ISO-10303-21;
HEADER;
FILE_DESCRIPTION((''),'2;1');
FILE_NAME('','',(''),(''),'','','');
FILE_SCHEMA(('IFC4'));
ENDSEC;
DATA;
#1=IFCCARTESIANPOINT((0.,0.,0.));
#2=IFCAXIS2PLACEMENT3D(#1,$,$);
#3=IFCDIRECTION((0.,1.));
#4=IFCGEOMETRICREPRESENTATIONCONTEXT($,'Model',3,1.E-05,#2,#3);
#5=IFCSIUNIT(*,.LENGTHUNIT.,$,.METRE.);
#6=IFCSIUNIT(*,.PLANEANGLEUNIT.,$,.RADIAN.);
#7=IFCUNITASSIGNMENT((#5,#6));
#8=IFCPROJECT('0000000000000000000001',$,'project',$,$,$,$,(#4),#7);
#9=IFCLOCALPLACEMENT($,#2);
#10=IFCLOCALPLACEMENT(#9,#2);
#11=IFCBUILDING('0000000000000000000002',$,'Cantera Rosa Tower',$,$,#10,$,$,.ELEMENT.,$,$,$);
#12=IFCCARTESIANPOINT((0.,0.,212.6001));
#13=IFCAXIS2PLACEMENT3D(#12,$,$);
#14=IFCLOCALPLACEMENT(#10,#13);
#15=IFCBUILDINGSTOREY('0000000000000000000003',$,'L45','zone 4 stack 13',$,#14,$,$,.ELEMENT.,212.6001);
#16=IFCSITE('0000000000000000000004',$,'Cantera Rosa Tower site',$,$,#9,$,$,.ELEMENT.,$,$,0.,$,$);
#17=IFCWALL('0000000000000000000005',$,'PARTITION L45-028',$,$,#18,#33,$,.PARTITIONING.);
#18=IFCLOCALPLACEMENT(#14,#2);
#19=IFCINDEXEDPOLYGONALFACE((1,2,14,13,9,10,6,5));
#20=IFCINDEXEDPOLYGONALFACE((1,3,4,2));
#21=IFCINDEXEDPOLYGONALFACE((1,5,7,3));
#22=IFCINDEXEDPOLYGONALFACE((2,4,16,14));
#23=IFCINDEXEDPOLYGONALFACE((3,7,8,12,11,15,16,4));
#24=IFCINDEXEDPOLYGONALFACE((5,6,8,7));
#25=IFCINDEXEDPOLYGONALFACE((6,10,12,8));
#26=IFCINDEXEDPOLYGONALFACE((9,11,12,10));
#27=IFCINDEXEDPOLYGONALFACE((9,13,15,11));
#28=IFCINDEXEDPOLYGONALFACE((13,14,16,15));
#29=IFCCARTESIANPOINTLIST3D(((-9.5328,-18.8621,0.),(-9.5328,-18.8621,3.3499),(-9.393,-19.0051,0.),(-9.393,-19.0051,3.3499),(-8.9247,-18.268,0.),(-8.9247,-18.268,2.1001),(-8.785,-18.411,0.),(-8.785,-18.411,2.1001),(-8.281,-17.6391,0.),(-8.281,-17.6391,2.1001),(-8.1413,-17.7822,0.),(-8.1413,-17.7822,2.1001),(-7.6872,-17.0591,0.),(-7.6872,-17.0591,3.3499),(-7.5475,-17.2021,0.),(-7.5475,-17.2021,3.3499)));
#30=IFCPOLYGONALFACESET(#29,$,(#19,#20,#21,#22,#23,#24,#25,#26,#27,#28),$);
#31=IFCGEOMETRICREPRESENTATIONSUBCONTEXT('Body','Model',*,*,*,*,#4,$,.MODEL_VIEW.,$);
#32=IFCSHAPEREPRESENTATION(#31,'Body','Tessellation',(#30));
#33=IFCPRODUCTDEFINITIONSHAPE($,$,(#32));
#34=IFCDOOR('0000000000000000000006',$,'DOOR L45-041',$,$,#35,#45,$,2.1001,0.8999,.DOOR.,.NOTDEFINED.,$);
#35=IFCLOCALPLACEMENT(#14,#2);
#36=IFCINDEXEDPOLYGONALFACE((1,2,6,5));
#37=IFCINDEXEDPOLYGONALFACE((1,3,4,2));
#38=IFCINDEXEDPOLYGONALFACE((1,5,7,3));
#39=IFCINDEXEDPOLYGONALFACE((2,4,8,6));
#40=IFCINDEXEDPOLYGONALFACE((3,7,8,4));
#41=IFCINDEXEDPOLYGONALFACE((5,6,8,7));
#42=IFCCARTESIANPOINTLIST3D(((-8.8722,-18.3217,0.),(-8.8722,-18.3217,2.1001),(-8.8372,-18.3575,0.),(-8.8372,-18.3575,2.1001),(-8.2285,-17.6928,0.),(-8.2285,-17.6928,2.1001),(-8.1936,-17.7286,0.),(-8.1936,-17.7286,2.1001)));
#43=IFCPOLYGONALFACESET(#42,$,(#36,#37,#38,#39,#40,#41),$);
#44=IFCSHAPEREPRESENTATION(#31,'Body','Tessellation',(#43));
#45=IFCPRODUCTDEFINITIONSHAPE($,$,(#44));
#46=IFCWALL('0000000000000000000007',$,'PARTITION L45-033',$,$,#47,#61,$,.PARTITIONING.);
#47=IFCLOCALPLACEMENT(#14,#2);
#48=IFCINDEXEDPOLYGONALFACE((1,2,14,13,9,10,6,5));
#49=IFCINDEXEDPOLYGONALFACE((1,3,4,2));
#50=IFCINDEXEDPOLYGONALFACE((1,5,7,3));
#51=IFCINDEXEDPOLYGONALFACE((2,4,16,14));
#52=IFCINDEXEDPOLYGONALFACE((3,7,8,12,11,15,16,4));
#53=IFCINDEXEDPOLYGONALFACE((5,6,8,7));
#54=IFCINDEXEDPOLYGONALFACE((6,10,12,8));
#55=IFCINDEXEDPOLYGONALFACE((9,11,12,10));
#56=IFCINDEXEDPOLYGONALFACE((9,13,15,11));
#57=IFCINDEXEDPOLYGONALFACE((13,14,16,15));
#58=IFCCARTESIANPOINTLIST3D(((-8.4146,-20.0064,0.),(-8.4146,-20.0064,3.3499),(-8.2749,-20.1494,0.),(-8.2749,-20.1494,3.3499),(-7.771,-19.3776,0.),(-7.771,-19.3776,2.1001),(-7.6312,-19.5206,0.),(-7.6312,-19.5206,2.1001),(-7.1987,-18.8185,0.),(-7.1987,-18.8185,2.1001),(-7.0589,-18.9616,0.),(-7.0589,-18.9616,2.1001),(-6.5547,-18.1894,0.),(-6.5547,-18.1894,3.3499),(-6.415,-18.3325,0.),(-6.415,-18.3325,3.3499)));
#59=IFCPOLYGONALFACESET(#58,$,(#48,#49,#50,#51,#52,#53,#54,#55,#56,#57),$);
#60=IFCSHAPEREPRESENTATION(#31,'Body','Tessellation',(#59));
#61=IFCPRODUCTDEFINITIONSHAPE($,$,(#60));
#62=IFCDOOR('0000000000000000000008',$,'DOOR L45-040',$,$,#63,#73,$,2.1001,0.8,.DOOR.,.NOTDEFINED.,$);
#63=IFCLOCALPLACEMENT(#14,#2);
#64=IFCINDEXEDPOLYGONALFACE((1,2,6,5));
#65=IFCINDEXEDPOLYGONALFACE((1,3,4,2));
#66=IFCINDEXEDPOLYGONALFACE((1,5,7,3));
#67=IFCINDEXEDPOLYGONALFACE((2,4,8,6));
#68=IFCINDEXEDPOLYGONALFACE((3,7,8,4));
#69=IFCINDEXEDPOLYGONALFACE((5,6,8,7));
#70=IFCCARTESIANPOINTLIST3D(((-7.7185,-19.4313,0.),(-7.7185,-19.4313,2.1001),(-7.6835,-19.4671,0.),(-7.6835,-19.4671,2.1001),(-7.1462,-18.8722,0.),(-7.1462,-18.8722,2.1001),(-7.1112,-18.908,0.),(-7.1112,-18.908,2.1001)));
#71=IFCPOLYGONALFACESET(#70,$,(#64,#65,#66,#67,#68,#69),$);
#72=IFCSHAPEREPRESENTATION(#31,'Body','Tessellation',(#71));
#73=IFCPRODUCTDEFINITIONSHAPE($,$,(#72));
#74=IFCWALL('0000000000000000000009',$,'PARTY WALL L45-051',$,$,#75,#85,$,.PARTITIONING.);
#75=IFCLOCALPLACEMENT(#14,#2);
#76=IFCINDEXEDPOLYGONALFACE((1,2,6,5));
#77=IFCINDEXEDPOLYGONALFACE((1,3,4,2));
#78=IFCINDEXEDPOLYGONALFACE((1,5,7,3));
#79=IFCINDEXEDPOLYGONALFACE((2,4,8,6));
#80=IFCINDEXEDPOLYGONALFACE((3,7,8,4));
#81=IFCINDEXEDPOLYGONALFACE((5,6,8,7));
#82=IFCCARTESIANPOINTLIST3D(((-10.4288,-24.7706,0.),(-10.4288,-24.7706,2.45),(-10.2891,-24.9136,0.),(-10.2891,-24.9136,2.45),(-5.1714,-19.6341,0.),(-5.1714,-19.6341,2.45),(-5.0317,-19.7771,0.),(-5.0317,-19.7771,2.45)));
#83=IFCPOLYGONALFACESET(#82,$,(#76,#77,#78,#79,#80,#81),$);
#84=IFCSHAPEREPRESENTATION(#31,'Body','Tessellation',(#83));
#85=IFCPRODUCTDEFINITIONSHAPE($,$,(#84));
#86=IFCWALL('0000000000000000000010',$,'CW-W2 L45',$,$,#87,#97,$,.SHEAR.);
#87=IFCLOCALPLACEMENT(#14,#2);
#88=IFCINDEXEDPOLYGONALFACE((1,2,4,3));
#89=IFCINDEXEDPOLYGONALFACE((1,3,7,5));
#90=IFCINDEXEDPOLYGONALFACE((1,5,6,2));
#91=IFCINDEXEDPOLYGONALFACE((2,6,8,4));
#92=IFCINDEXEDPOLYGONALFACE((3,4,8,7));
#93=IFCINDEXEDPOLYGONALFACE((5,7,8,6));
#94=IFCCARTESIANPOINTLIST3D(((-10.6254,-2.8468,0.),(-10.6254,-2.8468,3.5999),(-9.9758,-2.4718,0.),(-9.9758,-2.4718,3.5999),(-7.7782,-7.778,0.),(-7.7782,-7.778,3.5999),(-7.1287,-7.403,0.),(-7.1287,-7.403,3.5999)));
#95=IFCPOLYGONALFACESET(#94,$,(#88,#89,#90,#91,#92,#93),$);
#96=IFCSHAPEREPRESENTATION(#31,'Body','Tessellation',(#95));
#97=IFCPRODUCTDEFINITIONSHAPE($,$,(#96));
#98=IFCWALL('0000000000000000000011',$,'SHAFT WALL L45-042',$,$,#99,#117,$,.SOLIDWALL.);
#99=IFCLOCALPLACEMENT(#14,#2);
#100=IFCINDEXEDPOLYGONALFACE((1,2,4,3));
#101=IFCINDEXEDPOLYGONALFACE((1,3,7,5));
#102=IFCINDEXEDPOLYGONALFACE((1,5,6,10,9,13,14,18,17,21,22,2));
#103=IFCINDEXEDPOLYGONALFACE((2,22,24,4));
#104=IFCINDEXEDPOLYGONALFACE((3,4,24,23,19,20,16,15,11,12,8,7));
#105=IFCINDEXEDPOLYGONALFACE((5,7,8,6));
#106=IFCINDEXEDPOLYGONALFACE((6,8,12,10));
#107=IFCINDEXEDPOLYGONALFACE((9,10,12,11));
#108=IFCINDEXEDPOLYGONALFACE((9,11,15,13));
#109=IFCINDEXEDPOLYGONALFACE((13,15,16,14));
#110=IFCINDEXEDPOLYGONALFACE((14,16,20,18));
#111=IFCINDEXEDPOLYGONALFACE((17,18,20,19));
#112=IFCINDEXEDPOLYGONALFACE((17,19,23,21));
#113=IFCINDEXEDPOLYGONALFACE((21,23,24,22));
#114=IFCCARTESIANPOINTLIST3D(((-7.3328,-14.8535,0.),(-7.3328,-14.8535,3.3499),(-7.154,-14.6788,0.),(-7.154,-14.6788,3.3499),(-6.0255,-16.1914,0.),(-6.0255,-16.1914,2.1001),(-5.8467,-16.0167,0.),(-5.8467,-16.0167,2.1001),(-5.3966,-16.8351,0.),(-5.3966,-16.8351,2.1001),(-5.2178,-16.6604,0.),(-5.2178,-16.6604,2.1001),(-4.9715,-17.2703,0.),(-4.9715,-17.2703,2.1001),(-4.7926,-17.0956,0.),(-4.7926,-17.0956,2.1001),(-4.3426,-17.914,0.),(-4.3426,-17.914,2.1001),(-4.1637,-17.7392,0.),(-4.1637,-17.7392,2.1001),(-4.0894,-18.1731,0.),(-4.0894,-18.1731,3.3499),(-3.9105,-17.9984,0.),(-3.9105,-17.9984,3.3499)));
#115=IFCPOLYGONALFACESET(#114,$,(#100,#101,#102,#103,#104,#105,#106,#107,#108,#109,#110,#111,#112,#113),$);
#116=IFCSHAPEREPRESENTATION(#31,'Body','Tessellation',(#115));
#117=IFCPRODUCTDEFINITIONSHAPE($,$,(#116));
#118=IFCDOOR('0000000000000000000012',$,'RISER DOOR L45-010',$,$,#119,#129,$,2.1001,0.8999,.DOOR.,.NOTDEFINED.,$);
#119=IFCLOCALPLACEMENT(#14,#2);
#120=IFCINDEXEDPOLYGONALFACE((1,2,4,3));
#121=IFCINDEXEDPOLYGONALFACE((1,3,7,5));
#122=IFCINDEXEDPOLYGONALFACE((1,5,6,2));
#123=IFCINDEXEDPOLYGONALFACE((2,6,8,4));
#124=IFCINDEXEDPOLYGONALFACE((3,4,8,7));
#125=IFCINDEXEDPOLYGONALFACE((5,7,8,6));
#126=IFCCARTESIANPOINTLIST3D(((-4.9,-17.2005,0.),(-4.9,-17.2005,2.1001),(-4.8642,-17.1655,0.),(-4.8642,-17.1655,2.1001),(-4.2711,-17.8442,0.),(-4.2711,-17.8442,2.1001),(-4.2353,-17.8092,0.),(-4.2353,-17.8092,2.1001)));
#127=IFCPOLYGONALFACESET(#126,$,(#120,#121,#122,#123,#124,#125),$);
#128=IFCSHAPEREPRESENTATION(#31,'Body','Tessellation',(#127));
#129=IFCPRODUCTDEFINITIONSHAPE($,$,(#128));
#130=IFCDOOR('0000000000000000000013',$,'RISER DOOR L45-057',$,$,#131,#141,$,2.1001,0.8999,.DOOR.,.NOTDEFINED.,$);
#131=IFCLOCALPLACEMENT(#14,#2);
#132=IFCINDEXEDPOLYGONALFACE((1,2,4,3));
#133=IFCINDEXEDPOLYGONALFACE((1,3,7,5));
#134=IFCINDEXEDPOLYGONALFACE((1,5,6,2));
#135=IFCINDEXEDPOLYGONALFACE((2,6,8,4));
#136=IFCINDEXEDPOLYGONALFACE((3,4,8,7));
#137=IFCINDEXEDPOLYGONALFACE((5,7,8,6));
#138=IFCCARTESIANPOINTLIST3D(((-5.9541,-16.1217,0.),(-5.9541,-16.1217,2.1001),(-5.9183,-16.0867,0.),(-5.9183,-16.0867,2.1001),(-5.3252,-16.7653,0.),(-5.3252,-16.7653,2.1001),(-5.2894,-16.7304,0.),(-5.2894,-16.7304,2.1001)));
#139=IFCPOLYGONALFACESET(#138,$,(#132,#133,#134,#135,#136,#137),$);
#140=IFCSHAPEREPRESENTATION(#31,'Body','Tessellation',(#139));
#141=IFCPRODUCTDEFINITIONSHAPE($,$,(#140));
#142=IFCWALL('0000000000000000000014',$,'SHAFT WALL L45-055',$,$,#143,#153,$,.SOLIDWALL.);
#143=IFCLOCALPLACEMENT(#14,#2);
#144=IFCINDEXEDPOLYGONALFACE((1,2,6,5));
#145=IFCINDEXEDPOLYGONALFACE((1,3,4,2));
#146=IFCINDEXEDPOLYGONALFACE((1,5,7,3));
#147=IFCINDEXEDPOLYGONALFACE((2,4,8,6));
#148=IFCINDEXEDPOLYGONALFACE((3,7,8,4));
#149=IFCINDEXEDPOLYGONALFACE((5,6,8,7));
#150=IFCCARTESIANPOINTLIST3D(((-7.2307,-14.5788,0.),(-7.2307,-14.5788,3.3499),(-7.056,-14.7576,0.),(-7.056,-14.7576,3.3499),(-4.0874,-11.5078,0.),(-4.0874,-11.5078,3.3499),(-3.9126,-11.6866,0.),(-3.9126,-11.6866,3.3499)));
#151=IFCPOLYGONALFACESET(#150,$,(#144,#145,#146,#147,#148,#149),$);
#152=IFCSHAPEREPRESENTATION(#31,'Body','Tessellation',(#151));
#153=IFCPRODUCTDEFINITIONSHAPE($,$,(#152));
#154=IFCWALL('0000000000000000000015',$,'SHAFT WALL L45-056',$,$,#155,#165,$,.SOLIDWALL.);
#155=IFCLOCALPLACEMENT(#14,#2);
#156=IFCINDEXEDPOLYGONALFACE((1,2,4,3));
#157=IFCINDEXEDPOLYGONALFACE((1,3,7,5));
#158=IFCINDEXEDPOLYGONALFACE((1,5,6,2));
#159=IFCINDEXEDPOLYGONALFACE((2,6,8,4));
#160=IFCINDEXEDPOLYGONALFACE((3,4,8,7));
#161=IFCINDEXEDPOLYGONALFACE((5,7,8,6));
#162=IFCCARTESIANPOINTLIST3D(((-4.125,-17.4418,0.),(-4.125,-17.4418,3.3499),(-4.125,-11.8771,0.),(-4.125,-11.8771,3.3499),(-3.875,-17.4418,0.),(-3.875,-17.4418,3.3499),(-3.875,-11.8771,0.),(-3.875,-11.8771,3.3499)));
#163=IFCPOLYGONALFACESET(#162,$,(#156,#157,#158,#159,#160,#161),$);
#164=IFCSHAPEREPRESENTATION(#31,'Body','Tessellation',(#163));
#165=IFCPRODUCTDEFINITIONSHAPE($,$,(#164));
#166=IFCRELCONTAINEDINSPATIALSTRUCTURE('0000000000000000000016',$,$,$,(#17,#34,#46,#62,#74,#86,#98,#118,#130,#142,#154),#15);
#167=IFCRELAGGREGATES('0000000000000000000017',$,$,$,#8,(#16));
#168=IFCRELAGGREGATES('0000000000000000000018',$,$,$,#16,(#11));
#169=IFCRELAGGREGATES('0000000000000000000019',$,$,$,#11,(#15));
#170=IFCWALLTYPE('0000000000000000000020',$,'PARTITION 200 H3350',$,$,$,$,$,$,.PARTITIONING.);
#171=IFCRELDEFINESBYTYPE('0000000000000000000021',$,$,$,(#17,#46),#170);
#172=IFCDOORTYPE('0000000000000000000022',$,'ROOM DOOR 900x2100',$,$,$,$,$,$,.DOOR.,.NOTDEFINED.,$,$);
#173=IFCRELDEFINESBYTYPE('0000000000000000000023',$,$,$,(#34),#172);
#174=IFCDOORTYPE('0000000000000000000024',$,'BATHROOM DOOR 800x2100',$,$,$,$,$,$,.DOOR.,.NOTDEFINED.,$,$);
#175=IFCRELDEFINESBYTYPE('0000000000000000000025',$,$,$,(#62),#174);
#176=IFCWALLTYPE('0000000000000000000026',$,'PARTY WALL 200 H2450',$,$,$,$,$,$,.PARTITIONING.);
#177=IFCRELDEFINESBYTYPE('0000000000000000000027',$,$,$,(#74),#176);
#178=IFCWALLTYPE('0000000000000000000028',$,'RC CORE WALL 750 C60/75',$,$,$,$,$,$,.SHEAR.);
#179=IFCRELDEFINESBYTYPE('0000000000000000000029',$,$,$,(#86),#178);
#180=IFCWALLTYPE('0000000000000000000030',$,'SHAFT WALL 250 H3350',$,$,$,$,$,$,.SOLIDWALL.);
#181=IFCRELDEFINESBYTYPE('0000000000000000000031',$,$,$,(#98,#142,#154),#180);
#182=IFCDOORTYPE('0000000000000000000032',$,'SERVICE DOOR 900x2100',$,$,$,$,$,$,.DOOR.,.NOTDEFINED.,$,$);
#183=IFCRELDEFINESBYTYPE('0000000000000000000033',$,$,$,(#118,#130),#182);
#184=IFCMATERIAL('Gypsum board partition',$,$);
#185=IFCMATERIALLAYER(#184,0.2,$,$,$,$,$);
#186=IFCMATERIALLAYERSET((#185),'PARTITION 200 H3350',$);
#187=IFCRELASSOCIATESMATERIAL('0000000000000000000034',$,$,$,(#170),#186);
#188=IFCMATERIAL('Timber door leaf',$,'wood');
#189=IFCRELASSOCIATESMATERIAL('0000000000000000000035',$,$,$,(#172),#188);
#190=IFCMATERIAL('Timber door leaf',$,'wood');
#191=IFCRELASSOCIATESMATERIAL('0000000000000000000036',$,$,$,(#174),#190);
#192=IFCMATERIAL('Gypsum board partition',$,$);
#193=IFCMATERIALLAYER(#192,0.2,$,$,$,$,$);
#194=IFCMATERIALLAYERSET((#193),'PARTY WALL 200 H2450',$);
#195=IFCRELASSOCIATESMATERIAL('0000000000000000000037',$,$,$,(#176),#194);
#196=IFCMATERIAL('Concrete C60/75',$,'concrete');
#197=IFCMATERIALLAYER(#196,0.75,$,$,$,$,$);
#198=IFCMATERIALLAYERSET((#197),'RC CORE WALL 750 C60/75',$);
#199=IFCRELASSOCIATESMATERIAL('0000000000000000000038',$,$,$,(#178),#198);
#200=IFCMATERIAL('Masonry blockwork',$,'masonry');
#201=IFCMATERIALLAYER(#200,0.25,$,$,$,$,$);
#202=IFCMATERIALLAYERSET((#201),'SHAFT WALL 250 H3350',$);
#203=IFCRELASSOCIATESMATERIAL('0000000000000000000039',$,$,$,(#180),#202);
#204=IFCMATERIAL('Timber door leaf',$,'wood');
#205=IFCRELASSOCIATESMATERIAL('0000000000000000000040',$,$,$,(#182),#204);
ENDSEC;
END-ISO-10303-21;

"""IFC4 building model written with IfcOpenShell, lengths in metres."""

from ifc_helpers import new_model, si_unit, direction, frame, frame_2d, origin, place, context, subcontext, project, spatial, rectangle, extrude, material, layer, layer_set, type_object, element, fill, save


model = new_model("IFC4")

# Units and contexts
model_context = context("Model", 3, precision=1e-05, world=origin(), true_north=direction((0.0, 1.0)))
body_context = subcontext(model_context, "Body", "Model", "MODEL_VIEW")
ifc_project = project(units=[si_unit("LENGTHUNIT", "METRE"), si_unit("PLANEANGLEUNIT", "RADIAN")], contexts=[model_context])

# Site, building, storey
site_placement = place(None, origin())
site = spatial("IfcSite", under=ifc_project, at=site_placement, Name="Cantera Rosa Tower site", CompositionType="ELEMENT", RefElevation=0.0)
building_placement = place(site_placement, origin())
building = spatial("IfcBuilding", under=site, at=building_placement, Name="Cantera Rosa Tower", CompositionType="ELEMENT")
storey_placement = place(building_placement, frame((0.0, 0.0, 212.6001)))
storey = spatial("IfcBuildingStorey", under=building, at=storey_placement, Name="L45", Description="zone 4 stack 13", CompositionType="ELEMENT", Elevation=212.6001)

# Shared definitions
ifc_material_1 = material(Name="Gypsum board partition")
ifc_layer_1 = layer(ifc_material_1, 0.2)
ifc_layer_set_1 = layer_set([ifc_layer_1], Name="PARTITION 200 H3350")
wall_type_1 = type_object("IfcWallType", Name="PARTITION 200 H3350", PredefinedType="PARTITIONING", material=ifc_layer_set_1)

# Walls, openings, doors
ifc_material_2 = material(Name="Timber door leaf", Category="wood")
door_type_1 = type_object("IfcDoorType", Name="ROOM DOOR 900x2100", OperationType="NOTDEFINED", PredefinedType="DOOR", material=ifc_material_2)
wall_1_placement = place(storey_placement, frame((-9.4629, -18.9336, 0.0), z_axis=(0.0, 0.0, 1.0), x_axis=(0.715291, 0.698826, 0.0)))
wall_1 = element("IfcWall", 1, at=wall_1_placement, inside=storey, type_object=wall_type_1, Name="PARTITION L45-028", PredefinedType="PARTITIONING", context=body_context, shape_type="SweptSolid", body=[
    extrude(rectangle(XDim=2.5801, YDim=0.2, at=frame_2d((1.29, 0.0))), origin(), (0.0, 0.0, 1.0), 3.3499),
])
opening_1_placement = place(wall_1_placement, frame((0.8501, 0.0, 0.0)))
opening_1 = element("IfcOpeningElement", 2, at=opening_1_placement, cuts=wall_1, PredefinedType="OPENING", context=body_context, shape_type="SweptSolid", body=[
    extrude(rectangle(XDim=0.8999, YDim=2.1001, at=frame_2d((0.45, 1.05))), frame((0.0, 0.1099, 0.0), z_axis=(0.0, -1.0, 0.0), x_axis=(1.0, 0.0, 0.0)), (0.0, 0.0, 1.0), 0.22),
])
door_1_placement = place(opening_1_placement, origin())
door_1 = element("IfcDoor", 3, at=door_1_placement, inside=storey, type_object=door_type_1, Name="DOOR L45-041", OperationType="NOTDEFINED", OverallHeight=2.1001, OverallWidth=0.8999, PredefinedType="DOOR", context=body_context, shape_type="SweptSolid", body=[
    extrude(rectangle(XDim=0.8999, YDim=2.1001, at=frame_2d((0.45, 1.05))), frame((0.0, 0.0249, 0.0), z_axis=(0.0, -1.0, 0.0), x_axis=(1.0, 0.0, 0.0)), (0.0, 0.0, 1.0), 0.05),
])
fill(opening_1, door_1)
wall_2_placement = place(storey_placement, frame((-8.3447, -20.0779, 0.0), z_axis=(0.0, 0.0, 1.0), x_axis=(0.715322, 0.698795, 0.0)))
wall_2 = element("IfcWall", 4, at=wall_2_placement, inside=storey, type_object=wall_type_1, Name="PARTITION L45-033", PredefinedType="PARTITIONING", context=body_context, shape_type="SweptSolid", body=[
    extrude(rectangle(XDim=2.6001, YDim=0.2, at=frame_2d((1.3, 0.0))), origin(), (0.0, 0.0, 1.0), 3.3499),
])
opening_2_placement = place(wall_2_placement, frame((0.8999, 0.0, 0.0)))
opening_2 = element("IfcOpeningElement", 5, at=opening_2_placement, cuts=wall_2, PredefinedType="OPENING", context=body_context, shape_type="SweptSolid", body=[
    extrude(rectangle(XDim=0.8, YDim=2.1001, at=frame_2d((0.3999, 1.05))), frame((0.0, 0.1099, 0.0), z_axis=(0.0, -1.0, 0.0), x_axis=(1.0, 0.0, 0.0)), (0.0, 0.0, 1.0), 0.22),
])
ifc_material_3 = material(Name="Timber door leaf", Category="wood")
door_type_2 = type_object("IfcDoorType", Name="BATHROOM DOOR 800x2100", OperationType="NOTDEFINED", PredefinedType="DOOR", material=ifc_material_3)
door_2_placement = place(opening_2_placement, origin())
door_2 = element("IfcDoor", 6, at=door_2_placement, inside=storey, type_object=door_type_2, Name="DOOR L45-040", OperationType="NOTDEFINED", OverallHeight=2.1001, OverallWidth=0.8, PredefinedType="DOOR", context=body_context, shape_type="SweptSolid", body=[
    extrude(rectangle(XDim=0.8, YDim=2.1001, at=frame_2d((0.3999, 1.05))), frame((0.0, 0.0249, 0.0), z_axis=(0.0, -1.0, 0.0), x_axis=(1.0, 0.0, 0.0)), (0.0, 0.0, 1.0), 0.05),
])
fill(opening_2, door_2)

# Walls
ifc_material_4 = material(Name="Gypsum board partition")
ifc_layer_2 = layer(ifc_material_4, 0.2)
ifc_layer_set_2 = layer_set([ifc_layer_2], Name="PARTY WALL 200 H2450")
wall_type_2 = type_object("IfcWallType", Name="PARTY WALL 200 H2450", PredefinedType="PARTITIONING", material=ifc_layer_set_2)
wall_3_placement = place(storey_placement, frame((-5.1016, -19.7056, 0.0), z_axis=(0.0, 0.0, 1.0), x_axis=(-0.71528, -0.698838, 0.0)))
element("IfcWall", 7, at=wall_3_placement, inside=storey, type_object=wall_type_2, Name="PARTY WALL L45-051", PredefinedType="PARTITIONING", context=body_context, shape_type="SweptSolid", body=[
    extrude(rectangle(XDim=7.3501, YDim=0.2, at=frame_2d((3.675, 0.0))), origin(), (0.0, 0.0, 1.0), 2.45),
])
ifc_material_5 = material(Name="Concrete C60/75", Category="concrete")
ifc_layer_3 = layer(ifc_material_5, 0.75)
ifc_layer_set_3 = layer_set([ifc_layer_3], Name="RC CORE WALL 750 C60/75")
wall_type_3 = type_object("IfcWallType", Name="RC CORE WALL 750 C60/75", PredefinedType="SHEAR", material=ifc_layer_set_3)
wall_4_placement = place(storey_placement, frame((-7.4534, -7.5906, 0.0), z_axis=(0.0, 0.0, 1.0), x_axis=(-0.500022, 0.866013, 0.0)))
element("IfcWall", 8, at=wall_4_placement, inside=storey, type_object=wall_type_3, Name="CW-W2 L45", PredefinedType="SHEAR", context=body_context, shape_type="SweptSolid", body=[
    extrude(rectangle(XDim=5.6941, YDim=0.75, at=frame_2d((2.8472, 0.0))), origin(), (0.0, 0.0, 1.0), 3.5999),
])

# Wall, openings, doors
ifc_material_6 = material(Name="Masonry blockwork", Category="masonry")
ifc_layer_4 = layer(ifc_material_6, 0.25)
ifc_layer_set_4 = layer_set([ifc_layer_4], Name="SHAFT WALL 250 H3350")
wall_type_4 = type_object("IfcWallType", Name="SHAFT WALL 250 H3350", PredefinedType="SOLIDWALL", material=ifc_layer_set_4)
wall_5_placement = place(storey_placement, frame((-7.2434, -14.7661, 0.0), z_axis=(0.0, 0.0, 1.0), x_axis=(0.698853, -0.715265, 0.0)))
wall_5 = element("IfcWall", 9, at=wall_5_placement, inside=storey, type_object=wall_type_4, Name="SHAFT WALL L45-042", PredefinedType="SOLIDWALL", context=body_context, shape_type="SweptSolid", body=[
    extrude(rectangle(XDim=4.6411, YDim=0.25, at=frame_2d((2.3206, 0.0))), origin(), (0.0, 0.0, 1.0), 3.3499),
])
opening_3_placement = place(wall_5_placement, frame((3.3789, 0.0, 0.0)))
opening_3 = element("IfcOpeningElement", 10, at=opening_3_placement, cuts=wall_5, PredefinedType="OPENING", context=body_context, shape_type="SweptSolid", body=[
    extrude(rectangle(XDim=0.8999, YDim=2.1001, at=frame_2d((0.45, 1.05))), frame((0.0, 0.135, 0.0), z_axis=(0.0, -1.0, 0.0), x_axis=(1.0, 0.0, 0.0)), (0.0, 0.0, 1.0), 0.27),
])
opening_4_placement = place(wall_5_placement, frame((1.8706, 0.0, 0.0)))
opening_4 = element("IfcOpeningElement", 11, at=opening_4_placement, cuts=wall_5, PredefinedType="OPENING", context=body_context, shape_type="SweptSolid", body=[
    extrude(rectangle(XDim=0.8999, YDim=2.1001, at=frame_2d((0.45, 1.05))), frame((0.0, 0.135, 0.0), z_axis=(0.0, -1.0, 0.0), x_axis=(1.0, 0.0, 0.0)), (0.0, 0.0, 1.0), 0.27),
])
ifc_material_7 = material(Name="Timber door leaf", Category="wood")
door_type_3 = type_object("IfcDoorType", Name="SERVICE DOOR 900x2100", OperationType="NOTDEFINED", PredefinedType="DOOR", material=ifc_material_7)
door_3_placement = place(opening_3_placement, origin())
door_3 = element("IfcDoor", 12, at=door_3_placement, inside=storey, type_object=door_type_3, Name="RISER DOOR L45-010", OperationType="NOTDEFINED", OverallHeight=2.1001, OverallWidth=0.8999, PredefinedType="DOOR", context=body_context, shape_type="SweptSolid", body=[
    extrude(rectangle(XDim=0.8999, YDim=2.1001, at=frame_2d((0.45, 1.05))), frame((0.0, 0.0249, 0.0), z_axis=(0.0, -1.0, 0.0), x_axis=(1.0, 0.0, 0.0)), (0.0, 0.0, 1.0), 0.05),
])
fill(opening_3, door_3)
door_4_placement = place(opening_4_placement, origin())
door_4 = element("IfcDoor", 13, at=door_4_placement, inside=storey, type_object=door_type_3, Name="RISER DOOR L45-057", OperationType="NOTDEFINED", OverallHeight=2.1001, OverallWidth=0.8999, PredefinedType="DOOR", context=body_context, shape_type="SweptSolid", body=[
    extrude(rectangle(XDim=0.8999, YDim=2.1001, at=frame_2d((0.45, 1.05))), frame((0.0, 0.0249, 0.0), z_axis=(0.0, -1.0, 0.0), x_axis=(1.0, 0.0, 0.0)), (0.0, 0.0, 1.0), 0.05),
])
fill(opening_4, door_4)

# Walls
wall_6_placement = place(storey_placement, frame((-4.0, -11.5972, 0.0), z_axis=(0.0, 0.0, 1.0), x_axis=(-0.715281, -0.698837, 0.0)))
element("IfcWall", 14, at=wall_6_placement, inside=storey, type_object=wall_type_4, Name="SHAFT WALL L45-055", PredefinedType="SOLIDWALL", context=body_context, shape_type="SweptSolid", body=[
    extrude(rectangle(XDim=4.3945, YDim=0.25, at=frame_2d((2.1973, 0.0))), origin(), (0.0, 0.0, 1.0), 3.3499),
])
wall_7_placement = place(storey_placement, frame((-4.0, -11.8772, 0.0), z_axis=(0.0, 0.0, 1.0), x_axis=(0.0, -1.0, 0.0)))
element("IfcWall", 15, at=wall_7_placement, inside=storey, type_object=wall_type_4, Name="SHAFT WALL L45-056", PredefinedType="SOLIDWALL", context=body_context, shape_type="SweptSolid", body=[
    extrude(rectangle(XDim=5.5647, YDim=0.25, at=frame_2d((2.7822, 0.0))), origin(), (0.0, 0.0, 1.0), 3.3499),
])

save(model, "model.ifc")
